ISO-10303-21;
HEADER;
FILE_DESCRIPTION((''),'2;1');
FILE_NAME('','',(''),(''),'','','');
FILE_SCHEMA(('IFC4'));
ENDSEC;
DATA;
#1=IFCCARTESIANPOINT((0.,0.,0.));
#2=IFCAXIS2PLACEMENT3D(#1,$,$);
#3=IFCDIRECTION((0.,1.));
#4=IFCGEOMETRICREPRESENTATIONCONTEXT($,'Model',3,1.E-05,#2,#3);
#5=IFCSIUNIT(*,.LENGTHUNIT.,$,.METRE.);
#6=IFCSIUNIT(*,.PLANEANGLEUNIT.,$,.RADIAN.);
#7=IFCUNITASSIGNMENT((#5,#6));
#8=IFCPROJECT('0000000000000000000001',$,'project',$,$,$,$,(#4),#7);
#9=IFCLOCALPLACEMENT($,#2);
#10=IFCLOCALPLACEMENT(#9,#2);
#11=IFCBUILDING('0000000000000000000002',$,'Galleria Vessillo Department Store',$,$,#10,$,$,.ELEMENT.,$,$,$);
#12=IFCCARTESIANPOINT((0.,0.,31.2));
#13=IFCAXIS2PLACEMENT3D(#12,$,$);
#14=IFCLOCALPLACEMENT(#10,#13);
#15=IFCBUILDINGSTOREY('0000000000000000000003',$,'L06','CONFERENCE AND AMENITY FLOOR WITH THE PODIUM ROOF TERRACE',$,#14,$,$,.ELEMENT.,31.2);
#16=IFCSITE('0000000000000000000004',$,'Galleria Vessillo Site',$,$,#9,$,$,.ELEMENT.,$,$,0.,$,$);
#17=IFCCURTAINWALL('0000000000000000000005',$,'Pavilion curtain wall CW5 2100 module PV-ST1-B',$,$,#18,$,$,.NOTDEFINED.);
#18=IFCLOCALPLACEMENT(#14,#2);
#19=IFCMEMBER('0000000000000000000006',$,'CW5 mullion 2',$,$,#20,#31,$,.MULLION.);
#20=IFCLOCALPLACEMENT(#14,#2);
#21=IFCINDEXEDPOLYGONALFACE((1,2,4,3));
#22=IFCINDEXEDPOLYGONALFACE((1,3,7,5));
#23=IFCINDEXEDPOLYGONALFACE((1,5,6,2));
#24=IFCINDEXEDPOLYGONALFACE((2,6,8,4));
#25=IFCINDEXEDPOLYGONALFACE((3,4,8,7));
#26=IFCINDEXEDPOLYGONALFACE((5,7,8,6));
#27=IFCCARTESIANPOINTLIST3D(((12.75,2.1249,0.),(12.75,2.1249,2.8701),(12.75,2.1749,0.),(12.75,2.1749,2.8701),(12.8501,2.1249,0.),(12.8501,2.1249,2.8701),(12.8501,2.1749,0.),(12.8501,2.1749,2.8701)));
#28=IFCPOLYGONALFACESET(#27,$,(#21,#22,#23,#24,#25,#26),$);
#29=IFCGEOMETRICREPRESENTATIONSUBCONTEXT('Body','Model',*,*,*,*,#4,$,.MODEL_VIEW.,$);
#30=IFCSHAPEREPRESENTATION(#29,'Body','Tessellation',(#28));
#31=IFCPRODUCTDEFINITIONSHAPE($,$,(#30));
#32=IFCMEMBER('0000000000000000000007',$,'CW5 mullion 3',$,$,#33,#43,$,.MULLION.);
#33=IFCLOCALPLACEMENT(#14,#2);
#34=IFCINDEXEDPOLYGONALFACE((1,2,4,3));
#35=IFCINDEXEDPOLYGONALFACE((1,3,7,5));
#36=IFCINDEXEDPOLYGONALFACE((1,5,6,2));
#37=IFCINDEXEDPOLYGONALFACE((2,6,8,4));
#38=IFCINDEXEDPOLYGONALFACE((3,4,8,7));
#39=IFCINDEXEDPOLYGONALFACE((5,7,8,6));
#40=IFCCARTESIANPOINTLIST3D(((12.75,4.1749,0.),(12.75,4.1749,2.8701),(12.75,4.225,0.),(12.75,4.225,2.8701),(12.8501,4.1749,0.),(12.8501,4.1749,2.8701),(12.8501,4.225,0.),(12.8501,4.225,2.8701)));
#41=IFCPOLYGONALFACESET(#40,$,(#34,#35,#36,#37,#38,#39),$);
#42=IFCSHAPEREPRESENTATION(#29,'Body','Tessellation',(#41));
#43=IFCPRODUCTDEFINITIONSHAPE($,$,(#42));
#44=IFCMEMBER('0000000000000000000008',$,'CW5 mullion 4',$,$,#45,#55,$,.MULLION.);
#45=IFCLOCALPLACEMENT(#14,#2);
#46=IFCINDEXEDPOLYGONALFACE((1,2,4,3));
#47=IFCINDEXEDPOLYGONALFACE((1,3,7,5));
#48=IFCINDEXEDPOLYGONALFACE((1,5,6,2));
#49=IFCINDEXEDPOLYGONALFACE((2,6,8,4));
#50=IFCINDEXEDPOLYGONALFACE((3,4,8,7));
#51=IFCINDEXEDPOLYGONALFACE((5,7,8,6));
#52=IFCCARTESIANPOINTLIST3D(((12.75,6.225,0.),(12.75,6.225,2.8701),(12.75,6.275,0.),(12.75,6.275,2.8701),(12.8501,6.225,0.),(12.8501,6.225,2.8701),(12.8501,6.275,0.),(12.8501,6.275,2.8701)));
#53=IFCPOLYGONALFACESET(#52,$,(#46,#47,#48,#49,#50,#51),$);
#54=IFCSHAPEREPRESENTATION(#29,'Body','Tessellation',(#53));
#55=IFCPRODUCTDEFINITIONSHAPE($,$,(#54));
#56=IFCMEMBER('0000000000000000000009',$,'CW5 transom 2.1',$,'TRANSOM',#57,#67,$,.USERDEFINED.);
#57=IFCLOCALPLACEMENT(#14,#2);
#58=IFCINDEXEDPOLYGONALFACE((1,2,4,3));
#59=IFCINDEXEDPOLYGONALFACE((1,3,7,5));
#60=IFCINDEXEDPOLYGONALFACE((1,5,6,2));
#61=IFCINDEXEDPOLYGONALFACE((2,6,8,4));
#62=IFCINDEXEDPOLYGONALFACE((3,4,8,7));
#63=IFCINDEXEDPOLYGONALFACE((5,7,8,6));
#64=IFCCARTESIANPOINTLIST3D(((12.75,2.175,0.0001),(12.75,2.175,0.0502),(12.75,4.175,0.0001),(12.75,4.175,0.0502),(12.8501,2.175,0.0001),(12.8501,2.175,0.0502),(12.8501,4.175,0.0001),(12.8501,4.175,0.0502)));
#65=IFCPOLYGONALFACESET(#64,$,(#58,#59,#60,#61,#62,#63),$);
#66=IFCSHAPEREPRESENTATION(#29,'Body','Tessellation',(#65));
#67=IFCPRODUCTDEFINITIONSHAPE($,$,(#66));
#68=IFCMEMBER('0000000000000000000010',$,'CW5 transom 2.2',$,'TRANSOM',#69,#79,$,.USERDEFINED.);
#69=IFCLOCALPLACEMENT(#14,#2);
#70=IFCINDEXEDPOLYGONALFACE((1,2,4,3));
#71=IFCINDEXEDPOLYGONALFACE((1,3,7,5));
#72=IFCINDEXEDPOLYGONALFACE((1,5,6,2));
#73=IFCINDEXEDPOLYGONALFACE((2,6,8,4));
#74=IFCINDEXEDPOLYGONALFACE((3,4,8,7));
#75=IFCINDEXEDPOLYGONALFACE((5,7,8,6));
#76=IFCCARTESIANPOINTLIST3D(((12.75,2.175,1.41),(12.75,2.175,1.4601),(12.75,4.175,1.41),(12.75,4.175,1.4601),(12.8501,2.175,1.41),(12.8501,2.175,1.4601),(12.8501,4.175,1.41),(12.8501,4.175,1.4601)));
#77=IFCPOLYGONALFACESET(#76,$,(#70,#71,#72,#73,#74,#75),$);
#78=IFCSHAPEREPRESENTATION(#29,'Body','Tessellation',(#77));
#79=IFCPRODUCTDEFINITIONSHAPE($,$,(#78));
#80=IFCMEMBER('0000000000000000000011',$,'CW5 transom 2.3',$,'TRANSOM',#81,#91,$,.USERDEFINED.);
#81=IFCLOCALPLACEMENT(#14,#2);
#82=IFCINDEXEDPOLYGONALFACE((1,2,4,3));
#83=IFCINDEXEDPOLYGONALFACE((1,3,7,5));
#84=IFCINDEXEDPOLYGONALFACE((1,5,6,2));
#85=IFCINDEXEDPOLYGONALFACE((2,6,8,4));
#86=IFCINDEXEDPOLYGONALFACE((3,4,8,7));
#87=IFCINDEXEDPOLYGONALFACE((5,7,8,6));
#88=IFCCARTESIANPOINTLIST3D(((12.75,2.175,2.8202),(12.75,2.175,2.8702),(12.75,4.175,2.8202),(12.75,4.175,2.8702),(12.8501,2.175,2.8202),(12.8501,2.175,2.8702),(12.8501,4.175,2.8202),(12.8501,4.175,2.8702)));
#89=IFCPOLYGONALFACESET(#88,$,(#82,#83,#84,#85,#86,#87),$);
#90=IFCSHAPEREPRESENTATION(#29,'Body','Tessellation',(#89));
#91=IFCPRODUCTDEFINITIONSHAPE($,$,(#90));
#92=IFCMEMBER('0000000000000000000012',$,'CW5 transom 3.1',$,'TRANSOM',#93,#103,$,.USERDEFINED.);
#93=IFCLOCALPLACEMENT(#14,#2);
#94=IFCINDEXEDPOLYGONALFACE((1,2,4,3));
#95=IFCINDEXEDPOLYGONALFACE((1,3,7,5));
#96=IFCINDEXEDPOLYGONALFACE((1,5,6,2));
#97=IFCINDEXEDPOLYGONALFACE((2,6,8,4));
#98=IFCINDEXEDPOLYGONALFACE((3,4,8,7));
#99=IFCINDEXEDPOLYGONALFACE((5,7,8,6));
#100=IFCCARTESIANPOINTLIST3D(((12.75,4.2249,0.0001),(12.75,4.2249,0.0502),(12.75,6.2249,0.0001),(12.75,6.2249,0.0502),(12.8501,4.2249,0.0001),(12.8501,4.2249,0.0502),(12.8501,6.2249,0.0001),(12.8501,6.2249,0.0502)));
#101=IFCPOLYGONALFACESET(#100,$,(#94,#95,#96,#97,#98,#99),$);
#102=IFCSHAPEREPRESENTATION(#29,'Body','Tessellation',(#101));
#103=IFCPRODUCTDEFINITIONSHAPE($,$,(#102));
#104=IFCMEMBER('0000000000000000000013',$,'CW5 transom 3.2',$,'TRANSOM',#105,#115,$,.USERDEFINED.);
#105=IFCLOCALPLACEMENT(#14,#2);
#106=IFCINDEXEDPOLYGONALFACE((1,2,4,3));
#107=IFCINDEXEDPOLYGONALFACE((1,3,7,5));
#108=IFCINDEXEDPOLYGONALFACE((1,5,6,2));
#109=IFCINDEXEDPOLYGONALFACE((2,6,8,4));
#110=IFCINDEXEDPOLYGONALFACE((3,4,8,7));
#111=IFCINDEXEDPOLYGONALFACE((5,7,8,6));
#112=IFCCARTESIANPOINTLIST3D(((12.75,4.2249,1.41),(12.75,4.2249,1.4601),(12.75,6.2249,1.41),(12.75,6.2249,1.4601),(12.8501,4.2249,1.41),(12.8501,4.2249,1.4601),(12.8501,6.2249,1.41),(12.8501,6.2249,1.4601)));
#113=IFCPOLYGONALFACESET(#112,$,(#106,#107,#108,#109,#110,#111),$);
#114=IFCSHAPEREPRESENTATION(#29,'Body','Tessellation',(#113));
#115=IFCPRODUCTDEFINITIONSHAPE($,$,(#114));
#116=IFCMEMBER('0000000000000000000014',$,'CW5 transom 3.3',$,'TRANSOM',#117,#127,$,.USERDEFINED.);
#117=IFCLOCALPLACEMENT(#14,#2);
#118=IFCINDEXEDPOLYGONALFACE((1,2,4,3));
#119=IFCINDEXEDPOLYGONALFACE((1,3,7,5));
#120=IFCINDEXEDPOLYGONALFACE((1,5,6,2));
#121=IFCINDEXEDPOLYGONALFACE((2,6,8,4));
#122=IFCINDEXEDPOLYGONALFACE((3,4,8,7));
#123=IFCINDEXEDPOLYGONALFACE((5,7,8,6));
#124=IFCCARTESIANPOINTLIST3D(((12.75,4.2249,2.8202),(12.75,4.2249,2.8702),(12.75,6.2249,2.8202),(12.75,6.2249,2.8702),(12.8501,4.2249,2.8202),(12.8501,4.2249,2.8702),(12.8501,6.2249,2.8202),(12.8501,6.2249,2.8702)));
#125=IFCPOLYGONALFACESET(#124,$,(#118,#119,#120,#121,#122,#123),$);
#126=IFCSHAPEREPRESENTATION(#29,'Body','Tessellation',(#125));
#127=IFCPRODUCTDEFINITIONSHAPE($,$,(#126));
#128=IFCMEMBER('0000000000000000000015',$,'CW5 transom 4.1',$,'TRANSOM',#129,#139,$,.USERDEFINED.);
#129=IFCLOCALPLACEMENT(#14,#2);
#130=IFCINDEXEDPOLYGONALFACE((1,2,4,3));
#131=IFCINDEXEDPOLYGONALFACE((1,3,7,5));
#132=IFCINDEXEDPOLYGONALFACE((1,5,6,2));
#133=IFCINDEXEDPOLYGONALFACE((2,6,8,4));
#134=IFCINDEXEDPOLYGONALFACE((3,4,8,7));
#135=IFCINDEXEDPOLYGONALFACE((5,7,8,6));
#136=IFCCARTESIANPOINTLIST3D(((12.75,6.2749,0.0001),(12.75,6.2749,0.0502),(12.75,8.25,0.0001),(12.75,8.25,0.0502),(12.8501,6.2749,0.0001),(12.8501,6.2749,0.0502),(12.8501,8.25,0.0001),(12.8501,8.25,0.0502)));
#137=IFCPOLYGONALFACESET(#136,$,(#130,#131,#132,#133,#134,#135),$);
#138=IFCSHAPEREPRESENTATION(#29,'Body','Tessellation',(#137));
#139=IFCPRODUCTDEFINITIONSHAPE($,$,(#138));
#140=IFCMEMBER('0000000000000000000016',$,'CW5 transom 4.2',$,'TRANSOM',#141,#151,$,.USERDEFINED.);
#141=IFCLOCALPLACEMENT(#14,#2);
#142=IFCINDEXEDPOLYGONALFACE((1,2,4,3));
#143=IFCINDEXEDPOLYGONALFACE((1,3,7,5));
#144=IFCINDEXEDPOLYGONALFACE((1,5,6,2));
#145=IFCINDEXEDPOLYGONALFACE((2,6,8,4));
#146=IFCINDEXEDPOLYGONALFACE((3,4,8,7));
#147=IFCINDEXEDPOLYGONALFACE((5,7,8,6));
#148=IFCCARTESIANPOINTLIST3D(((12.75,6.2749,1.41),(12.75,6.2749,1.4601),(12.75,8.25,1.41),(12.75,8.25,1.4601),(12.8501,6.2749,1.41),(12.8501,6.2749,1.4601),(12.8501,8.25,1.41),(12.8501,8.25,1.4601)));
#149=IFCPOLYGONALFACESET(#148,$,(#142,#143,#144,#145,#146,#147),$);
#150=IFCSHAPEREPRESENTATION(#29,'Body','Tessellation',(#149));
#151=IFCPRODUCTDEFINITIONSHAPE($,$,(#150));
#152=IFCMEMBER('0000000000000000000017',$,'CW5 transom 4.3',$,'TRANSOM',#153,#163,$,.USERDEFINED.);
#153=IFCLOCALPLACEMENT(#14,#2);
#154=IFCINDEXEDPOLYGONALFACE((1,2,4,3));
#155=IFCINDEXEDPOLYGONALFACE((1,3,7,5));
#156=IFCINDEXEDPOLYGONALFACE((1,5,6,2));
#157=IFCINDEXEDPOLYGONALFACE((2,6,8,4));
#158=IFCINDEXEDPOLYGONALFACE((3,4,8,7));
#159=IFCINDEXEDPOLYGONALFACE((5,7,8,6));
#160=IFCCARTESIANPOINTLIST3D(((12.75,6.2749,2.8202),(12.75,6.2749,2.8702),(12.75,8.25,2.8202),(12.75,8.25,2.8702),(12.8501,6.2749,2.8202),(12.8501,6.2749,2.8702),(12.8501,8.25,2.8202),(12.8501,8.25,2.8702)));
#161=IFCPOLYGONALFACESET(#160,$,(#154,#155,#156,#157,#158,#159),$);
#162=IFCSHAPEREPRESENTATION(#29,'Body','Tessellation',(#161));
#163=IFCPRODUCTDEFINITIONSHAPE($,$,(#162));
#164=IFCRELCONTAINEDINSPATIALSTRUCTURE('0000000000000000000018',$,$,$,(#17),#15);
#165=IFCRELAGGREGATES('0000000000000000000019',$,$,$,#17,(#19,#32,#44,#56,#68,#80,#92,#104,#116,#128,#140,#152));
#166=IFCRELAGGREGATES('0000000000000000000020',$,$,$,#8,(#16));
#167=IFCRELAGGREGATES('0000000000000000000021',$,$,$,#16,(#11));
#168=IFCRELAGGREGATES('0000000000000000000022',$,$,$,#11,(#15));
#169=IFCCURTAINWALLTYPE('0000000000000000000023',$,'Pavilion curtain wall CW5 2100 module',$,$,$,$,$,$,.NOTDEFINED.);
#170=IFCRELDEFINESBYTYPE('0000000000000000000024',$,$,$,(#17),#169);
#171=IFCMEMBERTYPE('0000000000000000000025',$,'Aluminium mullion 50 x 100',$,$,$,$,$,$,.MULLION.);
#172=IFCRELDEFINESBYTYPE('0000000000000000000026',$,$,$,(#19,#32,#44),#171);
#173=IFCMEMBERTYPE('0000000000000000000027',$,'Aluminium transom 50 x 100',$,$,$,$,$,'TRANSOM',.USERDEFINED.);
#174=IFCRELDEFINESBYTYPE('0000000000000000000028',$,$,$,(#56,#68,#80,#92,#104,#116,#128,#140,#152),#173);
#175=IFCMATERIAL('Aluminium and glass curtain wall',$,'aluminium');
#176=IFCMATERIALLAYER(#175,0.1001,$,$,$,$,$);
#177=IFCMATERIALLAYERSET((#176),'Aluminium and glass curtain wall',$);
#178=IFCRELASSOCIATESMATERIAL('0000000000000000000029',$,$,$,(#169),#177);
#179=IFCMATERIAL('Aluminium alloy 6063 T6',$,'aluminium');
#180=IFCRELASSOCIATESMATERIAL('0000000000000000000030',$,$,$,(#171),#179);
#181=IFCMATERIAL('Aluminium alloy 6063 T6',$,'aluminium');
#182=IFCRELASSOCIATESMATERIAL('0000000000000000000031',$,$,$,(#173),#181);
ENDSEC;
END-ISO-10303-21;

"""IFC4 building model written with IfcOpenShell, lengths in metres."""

from ifc_helpers import new_model, si_unit, direction, frame, origin, origin_2d, place, context, subcontext, project, spatial, rectangle, extrude, material, layer, layer_set, material_profile, profile_set, type_object, element, aggregate, save


model = new_model("IFC4")

# Units and contexts
model_context = context("Model", 3, precision=1e-05, world=origin(), true_north=direction((0.0, 1.0)))
body_context = subcontext(model_context, "Body", "Model", "MODEL_VIEW")
ifc_project = project(units=[si_unit("LENGTHUNIT", "METRE"), si_unit("PLANEANGLEUNIT", "RADIAN")], contexts=[model_context])

# Site, building, storey
site_placement = place(None, origin())
site = spatial("IfcSite", under=ifc_project, at=site_placement, Name="Galleria Vessillo Site", CompositionType="ELEMENT", RefElevation=0.0)
building_placement = place(site_placement, origin())
building = spatial("IfcBuilding", under=site, at=building_placement, Name="Galleria Vessillo Department Store", CompositionType="ELEMENT")
storey_placement = place(building_placement, frame((0.0, 0.0, 31.2)))
storey = spatial("IfcBuildingStorey", under=building, at=storey_placement, Name="L06", Description="CONFERENCE AND AMENITY FLOOR WITH THE PODIUM ROOF TERRACE", CompositionType="ELEMENT", Elevation=31.2)

# Curtain wall, members
ifc_material_1 = material(Name="Aluminium and glass curtain wall", Category="aluminium")
ifc_layer_1 = layer(ifc_material_1, 0.1001)
ifc_layer_set_1 = layer_set([ifc_layer_1], Name="Aluminium and glass curtain wall")
curtain_wall_type = type_object("IfcCurtainWallType", Name="Pavilion curtain wall CW5 2100 module", PredefinedType="NOTDEFINED", material=ifc_layer_set_1)
curtain_wall_placement = place(storey_placement, origin())
curtain_wall = element("IfcCurtainWall", 1, at=curtain_wall_placement, inside=storey, type_object=curtain_wall_type, Name="Pavilion curtain wall CW5 2100 module PV-ST1-B", PredefinedType="NOTDEFINED")
ifc_material_2 = material(Name="Aluminium alloy 6063 T6", Category="aluminium")
ifc_material_profile_1 = material_profile(ifc_material_2, rectangle(XDim=0.1001, YDim=0.05, at=origin_2d()), Name="AL 50x100")
ifc_profile_set_1 = profile_set([ifc_material_profile_1], Name="Aluminium alloy 6063 T6")
member_type_1 = type_object("IfcMemberType", Name="Aluminium mullion 50 x 100", PredefinedType="MULLION", material=ifc_profile_set_1)
member_1_placement = place(storey_placement, frame((12.8, 2.1499, 0.0), z_axis=(0.0, 0.0, 1.0), x_axis=(-1.0, 0.0, 0.0)))
member_1 = element("IfcMember", 2, at=member_1_placement, type_object=member_type_1, Name="CW5 mullion 2", PredefinedType="MULLION", context=body_context, shape_type="SweptSolid", body=[
    extrude(rectangle(XDim=0.1001, YDim=0.05, at=origin_2d()), origin(), (0.0, 0.0, 1.0), 2.8701),
])
member_2_placement = place(storey_placement, frame((12.8, 4.2, 0.0), z_axis=(0.0, 0.0, 1.0), x_axis=(-1.0, 0.0, 0.0)))
member_2 = element("IfcMember", 3, at=member_2_placement, type_object=member_type_1, Name="CW5 mullion 3", PredefinedType="MULLION", context=body_context, shape_type="SweptSolid", body=[
    extrude(rectangle(XDim=0.1001, YDim=0.05, at=origin_2d()), origin(), (0.0, 0.0, 1.0), 2.8701),
])
member_3_placement = place(storey_placement, frame((12.8, 6.25, 0.0), z_axis=(0.0, 0.0, 1.0), x_axis=(-1.0, 0.0, 0.0)))
member_3 = element("IfcMember", 4, at=member_3_placement, type_object=member_type_1, Name="CW5 mullion 4", PredefinedType="MULLION", context=body_context, shape_type="SweptSolid", body=[
    extrude(rectangle(XDim=0.1001, YDim=0.05, at=origin_2d()), origin(), (0.0, 0.0, 1.0), 2.8701),
])
ifc_material_3 = material(Name="Aluminium alloy 6063 T6", Category="aluminium")
ifc_material_profile_2 = material_profile(ifc_material_3, rectangle(XDim=0.1001, YDim=0.05, at=origin_2d()), Name="AL 50x100")
ifc_profile_set_2 = profile_set([ifc_material_profile_2], Name="Aluminium alloy 6063 T6")
member_type_2 = type_object("IfcMemberType", Name="Aluminium transom 50 x 100", ElementType="TRANSOM", PredefinedType="USERDEFINED", material=ifc_profile_set_2)
member_4_placement = place(storey_placement, frame((12.8, 2.175, 0.0251), z_axis=(0.0, 1.0, 0.0), x_axis=(-1.0, 0.0, 0.0)))
member_4 = element("IfcMember", 5, at=member_4_placement, type_object=member_type_2, Name="CW5 transom 2.1", ObjectType="TRANSOM", PredefinedType="USERDEFINED", context=body_context, shape_type="SweptSolid", body=[
    extrude(rectangle(XDim=0.1001, YDim=0.05, at=origin_2d()), origin(), (0.0, 0.0, 1.0), 2.0),
])
member_5_placement = place(storey_placement, frame((12.8, 2.175, 1.4351), z_axis=(0.0, 1.0, 0.0), x_axis=(-1.0, 0.0, 0.0)))
member_5 = element("IfcMember", 6, at=member_5_placement, type_object=member_type_2, Name="CW5 transom 2.2", ObjectType="TRANSOM", PredefinedType="USERDEFINED", context=body_context, shape_type="SweptSolid", body=[
    extrude(rectangle(XDim=0.1001, YDim=0.05, at=origin_2d()), origin(), (0.0, 0.0, 1.0), 2.0),
])
member_6_placement = place(storey_placement, frame((12.8, 2.175, 2.8452), z_axis=(0.0, 1.0, 0.0), x_axis=(-1.0, 0.0, 0.0)))
member_6 = element("IfcMember", 7, at=member_6_placement, type_object=member_type_2, Name="CW5 transom 2.3", ObjectType="TRANSOM", PredefinedType="USERDEFINED", context=body_context, shape_type="SweptSolid", body=[
    extrude(rectangle(XDim=0.1001, YDim=0.05, at=origin_2d()), origin(), (0.0, 0.0, 1.0), 2.0),
])
member_7_placement = place(storey_placement, frame((12.8, 4.2249, 0.0251), z_axis=(0.0, 1.0, 0.0), x_axis=(-1.0, 0.0, 0.0)))
member_7 = element("IfcMember", 8, at=member_7_placement, type_object=member_type_2, Name="CW5 transom 3.1", ObjectType="TRANSOM", PredefinedType="USERDEFINED", context=body_context, shape_type="SweptSolid", body=[
    extrude(rectangle(XDim=0.1001, YDim=0.05, at=origin_2d()), origin(), (0.0, 0.0, 1.0), 2.0),
])
member_8_placement = place(storey_placement, frame((12.8, 4.2249, 1.4351), z_axis=(0.0, 1.0, 0.0), x_axis=(-1.0, 0.0, 0.0)))
member_8 = element("IfcMember", 9, at=member_8_placement, type_object=member_type_2, Name="CW5 transom 3.2", ObjectType="TRANSOM", PredefinedType="USERDEFINED", context=body_context, shape_type="SweptSolid", body=[
    extrude(rectangle(XDim=0.1001, YDim=0.05, at=origin_2d()), origin(), (0.0, 0.0, 1.0), 2.0),
])
member_9_placement = place(storey_placement, frame((12.8, 4.2249, 2.8452), z_axis=(0.0, 1.0, 0.0), x_axis=(-1.0, 0.0, 0.0)))
member_9 = element("IfcMember", 10, at=member_9_placement, type_object=member_type_2, Name="CW5 transom 3.3", ObjectType="TRANSOM", PredefinedType="USERDEFINED", context=body_context, shape_type="SweptSolid", body=[
    extrude(rectangle(XDim=0.1001, YDim=0.05, at=origin_2d()), origin(), (0.0, 0.0, 1.0), 2.0),
])
member_10_placement = place(storey_placement, frame((12.8, 6.2749, 0.0251), z_axis=(0.0, 1.0, 0.0), x_axis=(-1.0, 0.0, 0.0)))
member_10 = element("IfcMember", 11, at=member_10_placement, type_object=member_type_2, Name="CW5 transom 4.1", ObjectType="TRANSOM", PredefinedType="USERDEFINED", context=body_context, shape_type="SweptSolid", body=[
    extrude(rectangle(XDim=0.1001, YDim=0.05, at=origin_2d()), origin(), (0.0, 0.0, 1.0), 1.9751),
])
member_11_placement = place(storey_placement, frame((12.8, 6.2749, 1.4351), z_axis=(0.0, 1.0, 0.0), x_axis=(-1.0, 0.0, 0.0)))
member_11 = element("IfcMember", 12, at=member_11_placement, type_object=member_type_2, Name="CW5 transom 4.2", ObjectType="TRANSOM", PredefinedType="USERDEFINED", context=body_context, shape_type="SweptSolid", body=[
    extrude(rectangle(XDim=0.1001, YDim=0.05, at=origin_2d()), origin(), (0.0, 0.0, 1.0), 1.9751),
])
member_12_placement = place(storey_placement, frame((12.8, 6.2749, 2.8452), z_axis=(0.0, 1.0, 0.0), x_axis=(-1.0, 0.0, 0.0)))
member_12 = element("IfcMember", 13, at=member_12_placement, type_object=member_type_2, Name="CW5 transom 4.3", ObjectType="TRANSOM", PredefinedType="USERDEFINED", context=body_context, shape_type="SweptSolid", body=[
    extrude(rectangle(XDim=0.1001, YDim=0.05, at=origin_2d()), origin(), (0.0, 0.0, 1.0), 1.9751),
])

aggregate(curtain_wall, [member_1, member_2, member_3, member_4, member_5, member_6, member_7, member_8, member_9, member_10, member_11, member_12])

save(model, "model.ifc")
